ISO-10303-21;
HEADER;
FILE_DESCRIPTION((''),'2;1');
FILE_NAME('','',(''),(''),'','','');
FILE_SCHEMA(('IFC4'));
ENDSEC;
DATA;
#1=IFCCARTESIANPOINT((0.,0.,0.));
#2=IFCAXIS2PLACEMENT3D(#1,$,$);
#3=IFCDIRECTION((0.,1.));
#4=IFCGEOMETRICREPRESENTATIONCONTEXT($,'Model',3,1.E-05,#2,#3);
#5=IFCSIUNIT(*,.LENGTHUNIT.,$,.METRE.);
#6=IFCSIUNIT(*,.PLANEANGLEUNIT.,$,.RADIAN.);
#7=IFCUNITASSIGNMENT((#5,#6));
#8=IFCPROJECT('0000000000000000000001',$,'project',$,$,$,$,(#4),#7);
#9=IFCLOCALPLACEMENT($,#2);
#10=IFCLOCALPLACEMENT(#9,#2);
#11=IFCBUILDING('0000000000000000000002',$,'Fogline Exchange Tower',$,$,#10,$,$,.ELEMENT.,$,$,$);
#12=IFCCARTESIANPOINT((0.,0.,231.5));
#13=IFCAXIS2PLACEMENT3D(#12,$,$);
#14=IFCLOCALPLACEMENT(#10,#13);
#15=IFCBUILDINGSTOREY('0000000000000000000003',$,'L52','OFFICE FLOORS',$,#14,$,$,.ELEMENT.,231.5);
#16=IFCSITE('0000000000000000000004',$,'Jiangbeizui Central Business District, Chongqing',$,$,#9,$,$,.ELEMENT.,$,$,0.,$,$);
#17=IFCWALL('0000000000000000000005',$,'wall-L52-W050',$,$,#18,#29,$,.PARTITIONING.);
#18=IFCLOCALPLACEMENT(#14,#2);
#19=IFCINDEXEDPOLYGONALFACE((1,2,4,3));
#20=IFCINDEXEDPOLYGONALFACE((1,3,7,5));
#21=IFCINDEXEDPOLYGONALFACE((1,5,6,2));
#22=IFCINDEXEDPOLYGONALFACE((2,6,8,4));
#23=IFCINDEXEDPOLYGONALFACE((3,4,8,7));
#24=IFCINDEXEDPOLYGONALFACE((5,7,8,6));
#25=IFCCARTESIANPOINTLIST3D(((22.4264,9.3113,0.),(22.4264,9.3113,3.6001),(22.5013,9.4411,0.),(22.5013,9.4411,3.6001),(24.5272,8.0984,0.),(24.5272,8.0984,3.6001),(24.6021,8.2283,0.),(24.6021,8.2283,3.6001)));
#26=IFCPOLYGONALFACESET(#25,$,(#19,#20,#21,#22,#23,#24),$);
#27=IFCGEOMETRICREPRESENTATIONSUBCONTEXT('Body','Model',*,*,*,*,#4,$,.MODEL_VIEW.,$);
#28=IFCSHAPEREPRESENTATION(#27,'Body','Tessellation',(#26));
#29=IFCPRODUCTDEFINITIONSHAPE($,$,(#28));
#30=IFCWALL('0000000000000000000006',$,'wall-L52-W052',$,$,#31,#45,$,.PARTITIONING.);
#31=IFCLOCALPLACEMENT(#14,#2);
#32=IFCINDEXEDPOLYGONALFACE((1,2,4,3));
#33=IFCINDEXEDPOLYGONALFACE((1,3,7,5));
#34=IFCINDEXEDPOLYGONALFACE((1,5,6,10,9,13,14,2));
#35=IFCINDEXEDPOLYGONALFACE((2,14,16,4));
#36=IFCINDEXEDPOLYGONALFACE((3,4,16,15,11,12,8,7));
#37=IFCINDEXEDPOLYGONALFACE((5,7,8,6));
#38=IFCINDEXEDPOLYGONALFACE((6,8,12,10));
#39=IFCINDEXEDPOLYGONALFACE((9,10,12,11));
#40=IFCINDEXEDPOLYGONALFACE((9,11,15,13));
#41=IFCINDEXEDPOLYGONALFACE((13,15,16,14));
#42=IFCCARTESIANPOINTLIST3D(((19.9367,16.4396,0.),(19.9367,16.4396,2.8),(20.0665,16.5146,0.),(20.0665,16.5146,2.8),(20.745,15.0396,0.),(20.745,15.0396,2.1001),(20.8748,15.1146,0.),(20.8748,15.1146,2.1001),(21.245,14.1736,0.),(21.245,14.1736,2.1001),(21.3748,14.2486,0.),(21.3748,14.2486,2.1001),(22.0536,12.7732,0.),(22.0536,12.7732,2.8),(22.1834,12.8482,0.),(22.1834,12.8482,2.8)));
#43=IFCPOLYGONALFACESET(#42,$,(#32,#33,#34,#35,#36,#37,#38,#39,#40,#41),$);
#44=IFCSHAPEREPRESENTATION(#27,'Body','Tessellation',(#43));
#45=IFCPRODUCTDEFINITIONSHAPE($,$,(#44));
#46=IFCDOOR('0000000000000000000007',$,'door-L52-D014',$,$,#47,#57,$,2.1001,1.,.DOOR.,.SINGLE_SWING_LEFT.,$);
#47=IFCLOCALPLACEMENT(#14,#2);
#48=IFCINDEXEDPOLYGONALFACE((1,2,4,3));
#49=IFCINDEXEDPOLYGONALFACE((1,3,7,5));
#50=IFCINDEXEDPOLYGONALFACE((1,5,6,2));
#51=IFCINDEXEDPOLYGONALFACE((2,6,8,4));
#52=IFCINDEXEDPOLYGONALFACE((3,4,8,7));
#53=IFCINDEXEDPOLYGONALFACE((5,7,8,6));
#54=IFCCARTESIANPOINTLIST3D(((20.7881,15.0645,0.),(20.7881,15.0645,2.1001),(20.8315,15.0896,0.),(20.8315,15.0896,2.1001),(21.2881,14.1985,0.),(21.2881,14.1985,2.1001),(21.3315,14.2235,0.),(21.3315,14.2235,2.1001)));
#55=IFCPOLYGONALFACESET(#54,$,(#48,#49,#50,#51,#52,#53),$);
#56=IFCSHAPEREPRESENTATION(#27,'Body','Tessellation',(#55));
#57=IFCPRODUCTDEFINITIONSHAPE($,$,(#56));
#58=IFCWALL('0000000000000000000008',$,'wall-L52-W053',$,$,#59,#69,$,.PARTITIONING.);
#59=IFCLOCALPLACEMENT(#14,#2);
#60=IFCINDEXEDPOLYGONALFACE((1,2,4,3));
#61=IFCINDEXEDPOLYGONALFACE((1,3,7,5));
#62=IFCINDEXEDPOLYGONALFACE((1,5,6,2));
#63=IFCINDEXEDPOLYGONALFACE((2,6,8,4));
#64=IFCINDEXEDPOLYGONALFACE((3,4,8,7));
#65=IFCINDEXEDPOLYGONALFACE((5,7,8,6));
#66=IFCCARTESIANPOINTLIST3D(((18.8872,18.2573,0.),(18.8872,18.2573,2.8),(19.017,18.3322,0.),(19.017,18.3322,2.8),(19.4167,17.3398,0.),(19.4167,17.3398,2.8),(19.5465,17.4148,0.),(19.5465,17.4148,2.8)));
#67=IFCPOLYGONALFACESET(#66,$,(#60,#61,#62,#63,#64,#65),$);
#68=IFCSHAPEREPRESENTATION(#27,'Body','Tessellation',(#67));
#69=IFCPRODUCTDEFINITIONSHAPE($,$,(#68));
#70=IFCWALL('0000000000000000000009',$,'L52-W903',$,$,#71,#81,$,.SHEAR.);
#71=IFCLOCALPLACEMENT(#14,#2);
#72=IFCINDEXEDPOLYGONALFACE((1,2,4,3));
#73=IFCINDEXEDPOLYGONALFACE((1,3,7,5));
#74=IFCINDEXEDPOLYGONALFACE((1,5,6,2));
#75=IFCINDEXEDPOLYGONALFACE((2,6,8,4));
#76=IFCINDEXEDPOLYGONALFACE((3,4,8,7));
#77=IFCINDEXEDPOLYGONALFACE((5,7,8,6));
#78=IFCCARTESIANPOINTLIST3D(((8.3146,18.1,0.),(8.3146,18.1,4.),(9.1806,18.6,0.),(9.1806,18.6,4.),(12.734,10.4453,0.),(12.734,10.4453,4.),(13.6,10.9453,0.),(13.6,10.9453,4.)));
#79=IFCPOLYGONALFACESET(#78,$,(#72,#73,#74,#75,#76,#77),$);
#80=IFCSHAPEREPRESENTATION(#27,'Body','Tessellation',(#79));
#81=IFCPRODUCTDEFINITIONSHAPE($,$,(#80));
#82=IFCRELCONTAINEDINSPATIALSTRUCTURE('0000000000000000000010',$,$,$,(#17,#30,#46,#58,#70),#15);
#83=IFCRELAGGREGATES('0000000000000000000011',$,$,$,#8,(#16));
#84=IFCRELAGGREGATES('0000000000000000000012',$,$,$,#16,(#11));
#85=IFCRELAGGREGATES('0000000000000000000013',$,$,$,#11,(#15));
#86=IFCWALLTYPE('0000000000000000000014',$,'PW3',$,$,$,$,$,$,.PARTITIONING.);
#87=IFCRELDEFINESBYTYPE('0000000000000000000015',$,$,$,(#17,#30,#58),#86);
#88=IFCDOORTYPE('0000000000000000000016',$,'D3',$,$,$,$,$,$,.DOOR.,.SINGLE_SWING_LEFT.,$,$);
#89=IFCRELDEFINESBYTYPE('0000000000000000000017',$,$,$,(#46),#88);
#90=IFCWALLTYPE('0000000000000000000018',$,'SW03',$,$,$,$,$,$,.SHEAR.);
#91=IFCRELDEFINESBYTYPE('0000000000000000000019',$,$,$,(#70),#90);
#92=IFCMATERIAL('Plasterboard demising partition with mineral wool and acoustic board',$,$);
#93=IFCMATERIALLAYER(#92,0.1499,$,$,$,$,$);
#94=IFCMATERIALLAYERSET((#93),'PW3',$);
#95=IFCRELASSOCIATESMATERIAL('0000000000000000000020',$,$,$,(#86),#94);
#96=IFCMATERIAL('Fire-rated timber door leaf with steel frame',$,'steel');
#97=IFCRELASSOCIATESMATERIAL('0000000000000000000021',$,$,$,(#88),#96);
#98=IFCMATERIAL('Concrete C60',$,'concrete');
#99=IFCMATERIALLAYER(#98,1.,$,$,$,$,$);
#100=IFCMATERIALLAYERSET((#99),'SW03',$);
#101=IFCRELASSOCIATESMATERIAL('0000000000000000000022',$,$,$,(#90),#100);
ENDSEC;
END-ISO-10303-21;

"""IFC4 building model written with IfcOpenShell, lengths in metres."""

from ifc_helpers import new_model, si_unit, direction, frame, frame_2d, origin, place, context, subcontext, project, spatial, rectangle, extrude, material, layer, layer_set, type_object, element, fill, save


model = new_model("IFC4")

# Units and contexts
model_context = context("Model", 3, precision=1e-05, world=origin(), true_north=direction((0.0, 1.0)))
body_context = subcontext(model_context, "Body", "Model", "MODEL_VIEW")
ifc_project = project(units=[si_unit("LENGTHUNIT", "METRE"), si_unit("PLANEANGLEUNIT", "RADIAN")], contexts=[model_context])

# Site, building, storey
site_placement = place(None, origin())
site = spatial("IfcSite", under=ifc_project, at=site_placement, Name="Jiangbeizui Central Business District, Chongqing", CompositionType="ELEMENT", RefElevation=0.0)
building_placement = place(site_placement, origin())
building = spatial("IfcBuilding", under=site, at=building_placement, Name="Fogline Exchange Tower", CompositionType="ELEMENT")
storey_placement = place(building_placement, frame((0.0, 0.0, 231.5)))
storey = spatial("IfcBuildingStorey", under=building, at=storey_placement, Name="L52", Description="OFFICE FLOORS", CompositionType="ELEMENT", Elevation=231.5)

# Shared definitions
ifc_material_1 = material(Name="Concrete C60", Category="concrete")

# Shared definitions
ifc_material_2 = material(Name="Plasterboard demising partition with mineral wool and acoustic board")
ifc_layer_1 = layer(ifc_material_2, 0.1499)
ifc_layer_set_1 = layer_set([ifc_layer_1], Name="PW3")
wall_type_1 = type_object("IfcWallType", Name="PW3", PredefinedType="PARTITIONING", material=ifc_layer_set_1)

# Shared definitions
ifc_material_3 = material(Name="Fire-rated timber door leaf with steel frame", Category="steel")
door_type_1 = type_object("IfcDoorType", Name="D3", OperationType="SINGLE_SWING_LEFT", PredefinedType="DOOR", material=ifc_material_3)

# Wall
wall_1_placement = place(storey_placement, frame((22.4639, 9.3762, 0.0), z_axis=(0.0, 0.0, 1.0), x_axis=(0.86603, -0.499993, 0.0)))
element("IfcWall", 1, at=wall_1_placement, inside=storey, type_object=wall_type_1, Name="wall-L52-W050", PredefinedType="PARTITIONING", context=body_context, shape_type="SweptSolid", body=[
    extrude(rectangle(XDim=2.4258, YDim=0.1499, at=frame_2d((1.2129, 0.0))), origin(), (0.0, 0.0, 1.0), 3.6001),
])

# Wall, opening, door
wall_2_placement = place(storey_placement, frame((22.1184, 12.8108, 0.0), z_axis=(0.0, 0.0, 1.0), x_axis=(-0.500015, 0.866017, 0.0)))
wall_2 = element("IfcWall", 2, at=wall_2_placement, inside=storey, type_object=wall_type_1, Name="wall-L52-W052", PredefinedType="PARTITIONING", context=body_context, shape_type="SweptSolid", body=[
    extrude(rectangle(XDim=4.2336, YDim=0.1499, at=frame_2d((2.1167, 0.0))), origin(), (0.0, 0.0, 1.0), 2.8),
])
opening_1_placement = place(wall_2_placement, frame((1.6169, 0.0, 0.0)))
opening_1 = element("IfcOpeningElement", 3, at=opening_1_placement, cuts=wall_2, PredefinedType="OPENING", context=body_context, shape_type="SweptSolid", body=[
    extrude(rectangle(XDim=1.0, YDim=2.1001, at=frame_2d((0.5, 1.05))), frame((0.0, 0.085, 0.0), z_axis=(0.0, -1.0, 0.0), x_axis=(1.0, 0.0, 0.0)), (0.0, 0.0, 1.0), 0.1699),
])
door_1_placement = place(opening_1_placement, frame((1.0, 0.0, 0.0), z_axis=(0.0, 0.0, 1.0), x_axis=(-1.0, 0.0, 0.0)))
door_1 = element("IfcDoor", 4, at=door_1_placement, inside=storey, type_object=door_type_1, Name="door-L52-D014", OperationType="SINGLE_SWING_LEFT", OverallHeight=2.1001, OverallWidth=1.0, PredefinedType="DOOR", context=body_context, shape_type="SweptSolid", body=[
    extrude(rectangle(XDim=1.0, YDim=2.1001, at=frame_2d((0.5, 1.05))), frame((0.0, 0.0249, 0.0), z_axis=(0.0, -1.0, 0.0), x_axis=(1.0, 0.0, 0.0)), (0.0, 0.0, 1.0), 0.05),
])
fill(opening_1, door_1)

# Walls
wall_3_placement = place(storey_placement, frame((19.4817, 17.3772, 0.0), z_axis=(0.0, 0.0, 1.0), x_axis=(-0.499882, 0.866093, 0.0)))
element("IfcWall", 5, at=wall_3_placement, inside=storey, type_object=wall_type_1, Name="wall-L52-W053", PredefinedType="PARTITIONING", context=body_context, shape_type="SweptSolid", body=[
    extrude(rectangle(XDim=1.0593, YDim=0.1499, at=frame_2d((0.5298, 0.0))), origin(), (0.0, 0.0, 1.0), 2.8),
])
ifc_layer_2 = layer(ifc_material_1, 1.0)
ifc_layer_set_2 = layer_set([ifc_layer_2], Name="SW03")
wall_type_2 = type_object("IfcWallType", Name="SW03", PredefinedType="SHEAR", material=ifc_layer_set_2)
wall_4_placement = place(storey_placement, frame((13.167, 10.6953, 0.0), z_axis=(0.0, 0.0, 1.0), x_axis=(-0.499995, 0.866028, 0.0)))
element("IfcWall", 6, at=wall_4_placement, inside=storey, type_object=wall_type_2, Name="L52-W903", PredefinedType="SHEAR", context=body_context, shape_type="SweptSolid", body=[
    extrude(rectangle(XDim=8.8389, YDim=1.0, at=frame_2d((4.4194, 0.0))), origin(), (0.0, 0.0, 1.0), 4.0),
])

save(model, "model.ifc")
